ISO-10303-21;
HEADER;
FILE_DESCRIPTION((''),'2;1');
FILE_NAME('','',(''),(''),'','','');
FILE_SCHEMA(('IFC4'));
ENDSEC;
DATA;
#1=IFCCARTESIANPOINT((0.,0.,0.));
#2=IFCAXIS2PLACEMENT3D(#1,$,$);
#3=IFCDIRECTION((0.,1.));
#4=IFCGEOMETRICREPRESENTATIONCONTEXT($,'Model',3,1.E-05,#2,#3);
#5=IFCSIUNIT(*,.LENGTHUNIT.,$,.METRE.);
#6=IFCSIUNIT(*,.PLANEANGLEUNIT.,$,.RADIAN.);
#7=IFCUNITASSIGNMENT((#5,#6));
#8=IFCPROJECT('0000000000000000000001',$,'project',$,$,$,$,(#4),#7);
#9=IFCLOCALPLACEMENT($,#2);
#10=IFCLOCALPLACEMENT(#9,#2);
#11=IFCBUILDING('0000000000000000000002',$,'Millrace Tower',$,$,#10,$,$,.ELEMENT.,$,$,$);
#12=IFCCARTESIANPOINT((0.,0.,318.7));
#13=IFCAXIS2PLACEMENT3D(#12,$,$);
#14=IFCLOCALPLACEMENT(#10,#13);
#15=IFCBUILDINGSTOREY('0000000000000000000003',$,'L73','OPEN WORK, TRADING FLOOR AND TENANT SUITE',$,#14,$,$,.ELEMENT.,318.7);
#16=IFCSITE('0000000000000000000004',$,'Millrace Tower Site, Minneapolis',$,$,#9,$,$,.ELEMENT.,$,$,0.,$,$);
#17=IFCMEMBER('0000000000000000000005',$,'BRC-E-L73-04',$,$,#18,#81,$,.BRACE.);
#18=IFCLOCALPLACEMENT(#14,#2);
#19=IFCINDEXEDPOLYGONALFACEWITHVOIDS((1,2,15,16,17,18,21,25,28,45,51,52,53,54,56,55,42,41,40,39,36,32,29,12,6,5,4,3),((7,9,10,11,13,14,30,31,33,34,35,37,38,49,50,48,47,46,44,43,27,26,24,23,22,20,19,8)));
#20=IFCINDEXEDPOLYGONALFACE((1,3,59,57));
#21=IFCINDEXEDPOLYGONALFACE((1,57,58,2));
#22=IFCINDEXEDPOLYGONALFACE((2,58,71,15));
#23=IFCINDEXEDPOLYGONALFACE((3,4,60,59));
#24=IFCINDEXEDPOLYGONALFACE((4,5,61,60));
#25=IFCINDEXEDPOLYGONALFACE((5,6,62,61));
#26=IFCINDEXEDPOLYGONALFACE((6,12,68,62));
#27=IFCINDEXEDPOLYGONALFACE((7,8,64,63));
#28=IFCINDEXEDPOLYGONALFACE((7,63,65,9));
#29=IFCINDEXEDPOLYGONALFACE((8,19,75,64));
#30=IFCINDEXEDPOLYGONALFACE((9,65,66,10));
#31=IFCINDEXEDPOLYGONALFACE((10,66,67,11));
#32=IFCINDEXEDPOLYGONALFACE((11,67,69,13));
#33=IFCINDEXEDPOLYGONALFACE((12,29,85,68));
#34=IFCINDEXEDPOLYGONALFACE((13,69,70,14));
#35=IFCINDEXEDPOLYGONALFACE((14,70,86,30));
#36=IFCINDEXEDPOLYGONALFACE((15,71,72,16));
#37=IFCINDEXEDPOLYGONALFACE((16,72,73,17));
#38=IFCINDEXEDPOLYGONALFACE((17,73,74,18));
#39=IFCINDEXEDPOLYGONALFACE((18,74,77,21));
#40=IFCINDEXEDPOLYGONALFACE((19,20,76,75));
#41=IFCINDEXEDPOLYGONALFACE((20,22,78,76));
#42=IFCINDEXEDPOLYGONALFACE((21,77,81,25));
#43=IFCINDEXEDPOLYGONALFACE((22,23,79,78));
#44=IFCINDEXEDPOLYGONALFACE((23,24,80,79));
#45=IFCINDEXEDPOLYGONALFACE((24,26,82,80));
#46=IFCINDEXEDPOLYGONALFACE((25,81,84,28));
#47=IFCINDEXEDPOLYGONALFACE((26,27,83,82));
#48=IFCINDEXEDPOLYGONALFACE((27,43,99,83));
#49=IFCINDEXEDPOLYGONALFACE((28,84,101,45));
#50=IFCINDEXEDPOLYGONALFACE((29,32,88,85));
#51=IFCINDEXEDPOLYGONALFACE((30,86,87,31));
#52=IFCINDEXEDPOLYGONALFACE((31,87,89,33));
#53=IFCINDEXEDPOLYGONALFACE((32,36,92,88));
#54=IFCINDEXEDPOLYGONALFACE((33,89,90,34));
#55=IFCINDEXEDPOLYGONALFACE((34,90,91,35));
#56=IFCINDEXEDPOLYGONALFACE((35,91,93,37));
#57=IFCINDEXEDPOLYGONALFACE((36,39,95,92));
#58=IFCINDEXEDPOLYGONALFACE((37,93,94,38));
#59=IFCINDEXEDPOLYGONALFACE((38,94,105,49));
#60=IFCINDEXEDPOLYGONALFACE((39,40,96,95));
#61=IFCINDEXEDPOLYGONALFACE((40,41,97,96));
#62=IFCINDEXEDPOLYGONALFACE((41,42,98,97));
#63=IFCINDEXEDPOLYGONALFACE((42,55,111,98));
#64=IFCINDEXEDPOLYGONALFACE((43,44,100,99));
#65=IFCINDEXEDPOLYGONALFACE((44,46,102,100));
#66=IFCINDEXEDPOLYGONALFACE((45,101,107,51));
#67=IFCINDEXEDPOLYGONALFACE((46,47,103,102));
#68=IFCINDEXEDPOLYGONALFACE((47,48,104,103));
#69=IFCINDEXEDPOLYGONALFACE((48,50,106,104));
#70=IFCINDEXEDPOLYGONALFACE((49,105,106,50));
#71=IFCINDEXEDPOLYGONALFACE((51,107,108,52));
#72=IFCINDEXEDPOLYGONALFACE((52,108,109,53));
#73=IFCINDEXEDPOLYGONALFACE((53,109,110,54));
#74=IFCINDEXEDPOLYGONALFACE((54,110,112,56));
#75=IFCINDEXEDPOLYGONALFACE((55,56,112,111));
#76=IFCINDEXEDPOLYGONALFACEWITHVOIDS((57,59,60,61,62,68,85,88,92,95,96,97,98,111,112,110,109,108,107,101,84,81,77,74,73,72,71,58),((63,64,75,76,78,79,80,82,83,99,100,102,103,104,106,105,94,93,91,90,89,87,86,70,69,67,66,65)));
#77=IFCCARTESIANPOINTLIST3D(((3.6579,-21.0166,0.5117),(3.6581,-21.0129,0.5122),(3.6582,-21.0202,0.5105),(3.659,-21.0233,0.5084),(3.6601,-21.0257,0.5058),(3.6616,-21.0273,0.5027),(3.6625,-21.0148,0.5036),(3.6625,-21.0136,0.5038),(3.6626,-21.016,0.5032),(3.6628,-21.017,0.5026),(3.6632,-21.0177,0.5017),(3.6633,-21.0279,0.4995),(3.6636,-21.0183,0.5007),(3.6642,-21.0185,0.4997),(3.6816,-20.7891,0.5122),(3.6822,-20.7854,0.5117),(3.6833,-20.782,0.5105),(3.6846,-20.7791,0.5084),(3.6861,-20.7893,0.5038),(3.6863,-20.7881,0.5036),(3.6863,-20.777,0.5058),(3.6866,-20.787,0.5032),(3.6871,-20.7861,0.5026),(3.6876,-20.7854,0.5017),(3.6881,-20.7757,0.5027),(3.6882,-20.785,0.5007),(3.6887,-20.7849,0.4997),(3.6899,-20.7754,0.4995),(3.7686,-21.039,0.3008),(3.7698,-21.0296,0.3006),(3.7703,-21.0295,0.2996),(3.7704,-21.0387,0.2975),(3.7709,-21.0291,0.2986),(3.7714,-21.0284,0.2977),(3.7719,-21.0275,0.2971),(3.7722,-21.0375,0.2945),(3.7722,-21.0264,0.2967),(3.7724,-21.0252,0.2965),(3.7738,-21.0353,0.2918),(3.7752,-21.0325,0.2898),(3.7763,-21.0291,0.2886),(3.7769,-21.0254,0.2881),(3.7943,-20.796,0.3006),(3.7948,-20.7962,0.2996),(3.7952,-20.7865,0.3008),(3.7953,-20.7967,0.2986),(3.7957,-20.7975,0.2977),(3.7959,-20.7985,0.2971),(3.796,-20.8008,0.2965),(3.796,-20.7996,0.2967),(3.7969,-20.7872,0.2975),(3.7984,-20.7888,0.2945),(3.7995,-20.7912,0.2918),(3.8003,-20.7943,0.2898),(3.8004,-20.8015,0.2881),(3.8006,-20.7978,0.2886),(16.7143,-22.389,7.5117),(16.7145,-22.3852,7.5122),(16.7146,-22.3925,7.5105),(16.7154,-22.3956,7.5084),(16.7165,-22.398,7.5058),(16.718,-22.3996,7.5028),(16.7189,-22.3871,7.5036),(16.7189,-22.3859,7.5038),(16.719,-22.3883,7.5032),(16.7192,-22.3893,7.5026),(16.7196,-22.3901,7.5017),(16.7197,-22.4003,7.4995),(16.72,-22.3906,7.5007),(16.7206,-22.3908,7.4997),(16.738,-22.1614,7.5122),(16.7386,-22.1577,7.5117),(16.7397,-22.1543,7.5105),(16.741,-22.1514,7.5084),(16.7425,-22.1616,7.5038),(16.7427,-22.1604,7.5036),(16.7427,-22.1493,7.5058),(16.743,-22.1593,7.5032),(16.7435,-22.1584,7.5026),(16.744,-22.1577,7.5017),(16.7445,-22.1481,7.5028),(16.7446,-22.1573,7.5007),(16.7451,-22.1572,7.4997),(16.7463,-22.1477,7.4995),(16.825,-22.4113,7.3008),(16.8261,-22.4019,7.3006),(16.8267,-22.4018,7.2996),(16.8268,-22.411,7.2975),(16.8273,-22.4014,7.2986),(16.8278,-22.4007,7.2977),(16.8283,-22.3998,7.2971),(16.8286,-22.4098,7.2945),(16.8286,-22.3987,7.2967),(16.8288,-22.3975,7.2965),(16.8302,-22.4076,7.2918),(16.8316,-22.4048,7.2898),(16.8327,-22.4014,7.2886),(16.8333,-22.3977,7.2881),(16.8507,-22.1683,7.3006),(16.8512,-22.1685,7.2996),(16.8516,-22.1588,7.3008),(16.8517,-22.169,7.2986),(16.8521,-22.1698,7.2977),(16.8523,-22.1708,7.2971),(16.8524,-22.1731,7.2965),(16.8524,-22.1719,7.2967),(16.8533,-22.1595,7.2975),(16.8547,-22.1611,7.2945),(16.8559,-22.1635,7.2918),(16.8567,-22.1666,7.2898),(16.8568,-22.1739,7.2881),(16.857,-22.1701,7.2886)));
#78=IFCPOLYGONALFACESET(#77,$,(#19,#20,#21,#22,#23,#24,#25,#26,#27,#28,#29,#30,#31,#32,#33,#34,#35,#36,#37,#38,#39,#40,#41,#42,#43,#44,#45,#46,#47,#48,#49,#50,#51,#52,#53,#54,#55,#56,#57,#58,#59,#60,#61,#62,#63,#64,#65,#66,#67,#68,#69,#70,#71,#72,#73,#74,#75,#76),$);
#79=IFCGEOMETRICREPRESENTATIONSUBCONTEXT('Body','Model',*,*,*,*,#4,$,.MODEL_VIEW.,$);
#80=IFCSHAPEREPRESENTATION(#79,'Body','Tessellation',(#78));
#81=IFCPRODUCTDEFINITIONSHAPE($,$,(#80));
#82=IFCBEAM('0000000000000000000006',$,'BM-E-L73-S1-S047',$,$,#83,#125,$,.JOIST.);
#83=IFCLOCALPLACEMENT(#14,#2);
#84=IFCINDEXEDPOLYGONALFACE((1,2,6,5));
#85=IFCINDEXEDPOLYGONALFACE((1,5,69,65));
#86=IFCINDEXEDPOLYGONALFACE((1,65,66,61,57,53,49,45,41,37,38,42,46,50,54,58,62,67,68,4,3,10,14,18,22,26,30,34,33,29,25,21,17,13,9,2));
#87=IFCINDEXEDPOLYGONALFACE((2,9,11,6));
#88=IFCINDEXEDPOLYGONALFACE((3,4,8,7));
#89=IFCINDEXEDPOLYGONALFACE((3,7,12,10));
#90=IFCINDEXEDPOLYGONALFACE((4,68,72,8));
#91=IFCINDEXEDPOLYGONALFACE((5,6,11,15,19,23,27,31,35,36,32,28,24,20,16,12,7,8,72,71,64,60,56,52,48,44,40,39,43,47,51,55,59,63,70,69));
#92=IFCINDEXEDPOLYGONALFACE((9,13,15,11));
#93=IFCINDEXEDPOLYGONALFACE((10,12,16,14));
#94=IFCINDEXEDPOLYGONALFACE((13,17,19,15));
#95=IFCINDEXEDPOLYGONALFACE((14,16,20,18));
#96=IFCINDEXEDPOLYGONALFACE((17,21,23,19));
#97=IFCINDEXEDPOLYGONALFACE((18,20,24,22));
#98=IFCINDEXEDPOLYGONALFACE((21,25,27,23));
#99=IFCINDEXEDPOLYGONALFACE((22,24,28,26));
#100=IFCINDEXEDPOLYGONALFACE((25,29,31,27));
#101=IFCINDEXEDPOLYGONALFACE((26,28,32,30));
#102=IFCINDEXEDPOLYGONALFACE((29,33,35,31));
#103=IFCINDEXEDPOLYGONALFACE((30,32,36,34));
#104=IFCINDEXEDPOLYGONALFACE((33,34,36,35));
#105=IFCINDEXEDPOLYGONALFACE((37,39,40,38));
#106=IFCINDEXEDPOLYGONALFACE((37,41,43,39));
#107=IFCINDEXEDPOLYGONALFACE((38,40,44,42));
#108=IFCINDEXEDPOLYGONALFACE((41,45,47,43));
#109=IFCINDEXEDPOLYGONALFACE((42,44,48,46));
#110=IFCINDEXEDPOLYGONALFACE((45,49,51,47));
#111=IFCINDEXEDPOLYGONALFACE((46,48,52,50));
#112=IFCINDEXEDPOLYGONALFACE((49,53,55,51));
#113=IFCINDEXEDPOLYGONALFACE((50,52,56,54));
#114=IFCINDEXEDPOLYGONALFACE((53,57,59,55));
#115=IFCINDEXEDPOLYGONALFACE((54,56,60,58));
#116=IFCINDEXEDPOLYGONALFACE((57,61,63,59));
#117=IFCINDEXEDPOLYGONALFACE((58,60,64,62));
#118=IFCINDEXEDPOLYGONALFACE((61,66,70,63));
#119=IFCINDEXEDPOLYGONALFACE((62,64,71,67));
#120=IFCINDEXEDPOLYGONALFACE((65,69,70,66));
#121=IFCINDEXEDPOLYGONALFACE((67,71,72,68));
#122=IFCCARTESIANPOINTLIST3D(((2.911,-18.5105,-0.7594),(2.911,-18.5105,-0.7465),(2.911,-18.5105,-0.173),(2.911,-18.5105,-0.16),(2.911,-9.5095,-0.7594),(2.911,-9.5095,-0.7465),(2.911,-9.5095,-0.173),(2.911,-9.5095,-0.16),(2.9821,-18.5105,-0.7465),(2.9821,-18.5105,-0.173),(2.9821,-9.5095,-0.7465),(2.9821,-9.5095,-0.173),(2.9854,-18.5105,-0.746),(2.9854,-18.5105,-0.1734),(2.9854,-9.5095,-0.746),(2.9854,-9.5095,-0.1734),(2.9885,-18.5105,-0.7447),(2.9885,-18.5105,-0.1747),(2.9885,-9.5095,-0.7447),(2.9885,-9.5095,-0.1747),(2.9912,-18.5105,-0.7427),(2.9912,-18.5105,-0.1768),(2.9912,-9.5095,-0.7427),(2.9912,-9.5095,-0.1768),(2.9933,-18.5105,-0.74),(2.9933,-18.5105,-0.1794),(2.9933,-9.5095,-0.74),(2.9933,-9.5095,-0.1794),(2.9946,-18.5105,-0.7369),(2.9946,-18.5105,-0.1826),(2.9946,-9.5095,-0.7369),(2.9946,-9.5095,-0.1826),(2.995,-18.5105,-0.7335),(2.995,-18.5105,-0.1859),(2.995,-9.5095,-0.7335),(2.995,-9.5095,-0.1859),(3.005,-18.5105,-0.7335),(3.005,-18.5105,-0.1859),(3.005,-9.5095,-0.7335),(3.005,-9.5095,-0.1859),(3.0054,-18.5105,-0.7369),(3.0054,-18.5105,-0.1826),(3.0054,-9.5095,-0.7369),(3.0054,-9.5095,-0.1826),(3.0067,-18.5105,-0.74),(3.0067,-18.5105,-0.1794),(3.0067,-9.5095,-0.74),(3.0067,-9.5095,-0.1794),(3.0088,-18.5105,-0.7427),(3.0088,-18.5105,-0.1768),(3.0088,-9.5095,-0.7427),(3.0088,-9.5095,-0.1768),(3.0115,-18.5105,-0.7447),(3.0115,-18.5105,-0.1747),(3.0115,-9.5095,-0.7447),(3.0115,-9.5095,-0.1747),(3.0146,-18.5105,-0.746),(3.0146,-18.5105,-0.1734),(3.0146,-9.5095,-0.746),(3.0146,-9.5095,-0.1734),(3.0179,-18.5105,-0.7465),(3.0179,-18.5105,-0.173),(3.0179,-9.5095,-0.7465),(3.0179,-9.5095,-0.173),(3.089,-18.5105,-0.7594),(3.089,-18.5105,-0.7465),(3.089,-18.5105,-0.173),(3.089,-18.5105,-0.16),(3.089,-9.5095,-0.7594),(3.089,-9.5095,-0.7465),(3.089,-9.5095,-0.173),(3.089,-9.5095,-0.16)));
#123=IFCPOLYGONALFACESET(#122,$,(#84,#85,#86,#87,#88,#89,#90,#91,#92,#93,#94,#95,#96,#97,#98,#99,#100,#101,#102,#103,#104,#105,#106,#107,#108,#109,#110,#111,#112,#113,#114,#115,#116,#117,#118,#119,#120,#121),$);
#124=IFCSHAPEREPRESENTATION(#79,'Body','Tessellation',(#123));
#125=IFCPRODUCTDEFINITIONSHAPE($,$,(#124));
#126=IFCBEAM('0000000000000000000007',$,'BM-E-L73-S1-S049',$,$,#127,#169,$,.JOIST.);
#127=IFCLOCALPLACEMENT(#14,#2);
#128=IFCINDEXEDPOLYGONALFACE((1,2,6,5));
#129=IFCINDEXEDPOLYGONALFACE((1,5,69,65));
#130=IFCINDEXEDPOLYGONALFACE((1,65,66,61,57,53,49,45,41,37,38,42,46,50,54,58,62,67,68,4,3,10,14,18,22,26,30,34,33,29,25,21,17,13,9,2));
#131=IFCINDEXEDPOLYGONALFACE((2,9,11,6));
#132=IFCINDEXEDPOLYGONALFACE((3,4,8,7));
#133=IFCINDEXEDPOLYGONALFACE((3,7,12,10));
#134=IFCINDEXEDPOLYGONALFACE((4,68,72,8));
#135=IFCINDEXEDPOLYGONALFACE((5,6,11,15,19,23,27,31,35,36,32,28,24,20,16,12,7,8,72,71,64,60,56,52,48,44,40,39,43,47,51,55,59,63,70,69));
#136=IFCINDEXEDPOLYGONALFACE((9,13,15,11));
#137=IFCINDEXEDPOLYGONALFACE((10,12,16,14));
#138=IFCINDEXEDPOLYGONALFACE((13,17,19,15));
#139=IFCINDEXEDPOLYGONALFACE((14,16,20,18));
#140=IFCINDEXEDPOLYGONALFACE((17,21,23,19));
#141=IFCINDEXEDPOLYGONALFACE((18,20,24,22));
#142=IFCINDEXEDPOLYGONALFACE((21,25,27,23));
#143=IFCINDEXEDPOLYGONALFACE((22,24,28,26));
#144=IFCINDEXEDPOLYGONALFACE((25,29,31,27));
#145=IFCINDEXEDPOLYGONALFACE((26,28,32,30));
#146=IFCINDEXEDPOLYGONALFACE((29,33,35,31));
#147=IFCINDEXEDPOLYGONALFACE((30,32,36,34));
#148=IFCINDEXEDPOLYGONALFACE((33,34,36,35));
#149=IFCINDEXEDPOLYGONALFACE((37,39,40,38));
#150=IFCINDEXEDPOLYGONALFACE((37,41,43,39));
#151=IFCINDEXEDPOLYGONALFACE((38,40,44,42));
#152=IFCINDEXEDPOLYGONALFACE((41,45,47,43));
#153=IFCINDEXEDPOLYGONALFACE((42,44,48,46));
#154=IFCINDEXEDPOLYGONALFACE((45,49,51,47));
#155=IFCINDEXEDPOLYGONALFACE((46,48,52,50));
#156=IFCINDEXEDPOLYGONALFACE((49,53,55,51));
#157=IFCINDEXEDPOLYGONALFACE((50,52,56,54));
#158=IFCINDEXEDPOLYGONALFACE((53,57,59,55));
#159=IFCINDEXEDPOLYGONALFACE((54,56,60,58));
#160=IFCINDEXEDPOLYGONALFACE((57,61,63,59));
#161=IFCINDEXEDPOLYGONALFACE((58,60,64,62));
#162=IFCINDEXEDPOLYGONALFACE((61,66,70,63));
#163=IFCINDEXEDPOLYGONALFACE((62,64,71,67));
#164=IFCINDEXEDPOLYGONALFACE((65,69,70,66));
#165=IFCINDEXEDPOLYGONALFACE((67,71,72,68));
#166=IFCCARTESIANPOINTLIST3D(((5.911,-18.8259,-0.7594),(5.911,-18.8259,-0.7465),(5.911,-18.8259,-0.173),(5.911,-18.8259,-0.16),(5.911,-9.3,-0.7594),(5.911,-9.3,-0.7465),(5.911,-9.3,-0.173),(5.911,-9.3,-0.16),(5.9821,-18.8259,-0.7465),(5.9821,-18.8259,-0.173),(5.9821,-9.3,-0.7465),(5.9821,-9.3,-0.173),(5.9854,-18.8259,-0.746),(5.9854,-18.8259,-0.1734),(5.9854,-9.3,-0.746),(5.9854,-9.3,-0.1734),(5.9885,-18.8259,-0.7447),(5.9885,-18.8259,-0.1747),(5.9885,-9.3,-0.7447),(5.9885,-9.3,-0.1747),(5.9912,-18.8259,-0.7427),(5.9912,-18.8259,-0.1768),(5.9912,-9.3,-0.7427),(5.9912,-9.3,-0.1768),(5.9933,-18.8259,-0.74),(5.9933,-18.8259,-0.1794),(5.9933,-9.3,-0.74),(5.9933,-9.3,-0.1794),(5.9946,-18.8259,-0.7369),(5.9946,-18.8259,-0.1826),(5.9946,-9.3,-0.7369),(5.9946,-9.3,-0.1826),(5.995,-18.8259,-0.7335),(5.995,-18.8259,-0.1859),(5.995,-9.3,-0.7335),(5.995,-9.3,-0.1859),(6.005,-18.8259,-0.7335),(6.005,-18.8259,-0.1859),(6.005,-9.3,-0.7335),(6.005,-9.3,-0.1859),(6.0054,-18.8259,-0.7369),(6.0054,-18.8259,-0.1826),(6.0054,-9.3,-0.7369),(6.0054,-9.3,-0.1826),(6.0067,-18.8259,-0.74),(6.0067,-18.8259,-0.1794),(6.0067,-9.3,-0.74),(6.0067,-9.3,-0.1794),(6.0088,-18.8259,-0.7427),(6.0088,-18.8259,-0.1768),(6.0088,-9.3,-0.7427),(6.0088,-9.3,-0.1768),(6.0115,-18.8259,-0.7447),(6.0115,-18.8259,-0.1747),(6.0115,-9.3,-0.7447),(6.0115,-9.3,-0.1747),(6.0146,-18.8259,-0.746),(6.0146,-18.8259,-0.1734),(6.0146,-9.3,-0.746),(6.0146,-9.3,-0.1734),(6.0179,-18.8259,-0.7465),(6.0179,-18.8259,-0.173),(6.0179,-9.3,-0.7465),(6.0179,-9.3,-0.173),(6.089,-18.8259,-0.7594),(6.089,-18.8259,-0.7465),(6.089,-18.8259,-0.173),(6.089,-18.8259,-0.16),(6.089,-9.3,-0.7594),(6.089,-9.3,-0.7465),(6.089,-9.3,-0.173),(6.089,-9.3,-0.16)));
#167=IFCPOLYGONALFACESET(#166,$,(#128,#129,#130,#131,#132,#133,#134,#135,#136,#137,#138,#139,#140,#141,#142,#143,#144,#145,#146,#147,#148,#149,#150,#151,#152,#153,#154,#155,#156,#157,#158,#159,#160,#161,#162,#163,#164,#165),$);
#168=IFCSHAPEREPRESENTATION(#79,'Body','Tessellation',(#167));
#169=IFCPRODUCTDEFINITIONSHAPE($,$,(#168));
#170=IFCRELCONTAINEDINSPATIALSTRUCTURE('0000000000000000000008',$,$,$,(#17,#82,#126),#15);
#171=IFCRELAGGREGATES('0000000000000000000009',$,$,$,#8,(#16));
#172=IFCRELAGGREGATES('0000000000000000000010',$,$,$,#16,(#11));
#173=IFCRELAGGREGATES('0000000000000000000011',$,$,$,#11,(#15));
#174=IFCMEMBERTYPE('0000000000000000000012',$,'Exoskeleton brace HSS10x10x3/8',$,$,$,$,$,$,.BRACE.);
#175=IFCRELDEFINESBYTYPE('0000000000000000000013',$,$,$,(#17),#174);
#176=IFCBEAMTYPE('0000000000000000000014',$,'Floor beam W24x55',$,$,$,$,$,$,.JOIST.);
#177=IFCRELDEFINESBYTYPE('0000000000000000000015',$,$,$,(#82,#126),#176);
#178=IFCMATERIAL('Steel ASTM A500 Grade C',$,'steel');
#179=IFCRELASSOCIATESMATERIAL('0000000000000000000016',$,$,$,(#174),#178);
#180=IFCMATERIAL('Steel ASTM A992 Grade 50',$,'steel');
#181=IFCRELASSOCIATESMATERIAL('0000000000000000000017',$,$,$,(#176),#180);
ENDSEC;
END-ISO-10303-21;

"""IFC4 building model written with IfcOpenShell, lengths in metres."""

from ifc_helpers import new_model, si_unit, direction, frame, origin, origin_2d, place, context, subcontext, project, spatial, hollow_rectangle, i_section, extrude, material, material_profile, profile_set, type_object, element, save


model = new_model("IFC4")

# Units and contexts
model_context = context("Model", 3, precision=1e-05, world=origin(), true_north=direction((0.0, 1.0)))
body_context = subcontext(model_context, "Body", "Model", "MODEL_VIEW")
ifc_project = project(units=[si_unit("LENGTHUNIT", "METRE"), si_unit("PLANEANGLEUNIT", "RADIAN")], contexts=[model_context])

# Site, building, storey
site_placement = place(None, origin())
site = spatial("IfcSite", under=ifc_project, at=site_placement, Name="Millrace Tower Site, Minneapolis", CompositionType="ELEMENT", RefElevation=0.0)
building_placement = place(site_placement, origin())
building = spatial("IfcBuilding", under=site, at=building_placement, Name="Millrace Tower", CompositionType="ELEMENT")
storey_placement = place(building_placement, frame((0.0, 0.0, 318.7)))
storey = spatial("IfcBuildingStorey", under=building, at=storey_placement, Name="L73", Description="OPEN WORK, TRADING FLOOR AND TENANT SUITE", CompositionType="ELEMENT", Elevation=318.7)

# Member
ifc_material_1 = material(Name="Steel ASTM A500 Grade C", Category="steel")
ifc_material_profile_1 = material_profile(ifc_material_1, hollow_rectangle(XDim=0.2539, YDim=0.2539, WallThickness=0.0095, InnerFilletRadius=0.0046, OuterFilletRadius=0.0144, at=origin_2d()))
ifc_profile_set_1 = profile_set([ifc_material_profile_1], Name="Steel ASTM A500 Grade C")
member_type_1 = type_object("IfcMemberType", Name="Exoskeleton brace HSS10x10x3/8", PredefinedType="BRACE", material=ifc_profile_set_1)
member_1_placement = place(storey_placement, frame((3.7292, -20.9072, 0.4001), z_axis=(0.877568, -0.092238, 0.470496), x_axis=(0.104531, 0.994522, 0.0)))
element("IfcMember", 1, at=member_1_placement, inside=storey, type_object=member_type_1, Name="BRC-E-L73-04", PredefinedType="BRACE", context=body_context, shape_type="SweptSolid", body=[
    extrude(hollow_rectangle(XDim=0.2539, YDim=0.2539, WallThickness=0.0095, InnerFilletRadius=0.0046, OuterFilletRadius=0.0144, at=origin_2d()), origin(), (0.0, 0.0, 1.0), 14.8779),
])

# Beams
ifc_material_2 = material(Name="Steel ASTM A992 Grade 50", Category="steel")
ifc_material_profile_2 = material_profile(ifc_material_2, i_section(OverallWidth=0.178, OverallDepth=0.5994, WebThickness=0.01, FlangeThickness=0.0129, FilletRadius=0.0129, at=origin_2d()))
ifc_profile_set_2 = profile_set([ifc_material_profile_2], Name="Steel ASTM A992 Grade 50")
beam_type_1 = type_object("IfcBeamType", Name="Floor beam W24x55", PredefinedType="JOIST", material=ifc_profile_set_2)
beam_1_placement = place(storey_placement, frame((3.0, -18.5105, -0.4597), z_axis=(0.0, 1.0, 0.0), x_axis=(-1.0, 0.0, 0.0)))
element("IfcBeam", 2, at=beam_1_placement, inside=storey, type_object=beam_type_1, Name="BM-E-L73-S1-S047", PredefinedType="JOIST", context=body_context, shape_type="SweptSolid", body=[
    extrude(i_section(OverallWidth=0.178, OverallDepth=0.5994, WebThickness=0.01, FlangeThickness=0.0129, FilletRadius=0.0129, at=origin_2d()), origin(), (0.0, 0.0, 1.0), 9.001),
])
beam_2_placement = place(storey_placement, frame((6.0, -18.8259, -0.4597), z_axis=(0.0, 1.0, 0.0), x_axis=(-1.0, 0.0, 0.0)))
element("IfcBeam", 3, at=beam_2_placement, inside=storey, type_object=beam_type_1, Name="BM-E-L73-S1-S049", PredefinedType="JOIST", context=body_context, shape_type="SweptSolid", body=[
    extrude(i_section(OverallWidth=0.178, OverallDepth=0.5994, WebThickness=0.01, FlangeThickness=0.0129, FilletRadius=0.0129, at=origin_2d()), origin(), (0.0, 0.0, 1.0), 9.5259),
])

save(model, "model.ifc")
